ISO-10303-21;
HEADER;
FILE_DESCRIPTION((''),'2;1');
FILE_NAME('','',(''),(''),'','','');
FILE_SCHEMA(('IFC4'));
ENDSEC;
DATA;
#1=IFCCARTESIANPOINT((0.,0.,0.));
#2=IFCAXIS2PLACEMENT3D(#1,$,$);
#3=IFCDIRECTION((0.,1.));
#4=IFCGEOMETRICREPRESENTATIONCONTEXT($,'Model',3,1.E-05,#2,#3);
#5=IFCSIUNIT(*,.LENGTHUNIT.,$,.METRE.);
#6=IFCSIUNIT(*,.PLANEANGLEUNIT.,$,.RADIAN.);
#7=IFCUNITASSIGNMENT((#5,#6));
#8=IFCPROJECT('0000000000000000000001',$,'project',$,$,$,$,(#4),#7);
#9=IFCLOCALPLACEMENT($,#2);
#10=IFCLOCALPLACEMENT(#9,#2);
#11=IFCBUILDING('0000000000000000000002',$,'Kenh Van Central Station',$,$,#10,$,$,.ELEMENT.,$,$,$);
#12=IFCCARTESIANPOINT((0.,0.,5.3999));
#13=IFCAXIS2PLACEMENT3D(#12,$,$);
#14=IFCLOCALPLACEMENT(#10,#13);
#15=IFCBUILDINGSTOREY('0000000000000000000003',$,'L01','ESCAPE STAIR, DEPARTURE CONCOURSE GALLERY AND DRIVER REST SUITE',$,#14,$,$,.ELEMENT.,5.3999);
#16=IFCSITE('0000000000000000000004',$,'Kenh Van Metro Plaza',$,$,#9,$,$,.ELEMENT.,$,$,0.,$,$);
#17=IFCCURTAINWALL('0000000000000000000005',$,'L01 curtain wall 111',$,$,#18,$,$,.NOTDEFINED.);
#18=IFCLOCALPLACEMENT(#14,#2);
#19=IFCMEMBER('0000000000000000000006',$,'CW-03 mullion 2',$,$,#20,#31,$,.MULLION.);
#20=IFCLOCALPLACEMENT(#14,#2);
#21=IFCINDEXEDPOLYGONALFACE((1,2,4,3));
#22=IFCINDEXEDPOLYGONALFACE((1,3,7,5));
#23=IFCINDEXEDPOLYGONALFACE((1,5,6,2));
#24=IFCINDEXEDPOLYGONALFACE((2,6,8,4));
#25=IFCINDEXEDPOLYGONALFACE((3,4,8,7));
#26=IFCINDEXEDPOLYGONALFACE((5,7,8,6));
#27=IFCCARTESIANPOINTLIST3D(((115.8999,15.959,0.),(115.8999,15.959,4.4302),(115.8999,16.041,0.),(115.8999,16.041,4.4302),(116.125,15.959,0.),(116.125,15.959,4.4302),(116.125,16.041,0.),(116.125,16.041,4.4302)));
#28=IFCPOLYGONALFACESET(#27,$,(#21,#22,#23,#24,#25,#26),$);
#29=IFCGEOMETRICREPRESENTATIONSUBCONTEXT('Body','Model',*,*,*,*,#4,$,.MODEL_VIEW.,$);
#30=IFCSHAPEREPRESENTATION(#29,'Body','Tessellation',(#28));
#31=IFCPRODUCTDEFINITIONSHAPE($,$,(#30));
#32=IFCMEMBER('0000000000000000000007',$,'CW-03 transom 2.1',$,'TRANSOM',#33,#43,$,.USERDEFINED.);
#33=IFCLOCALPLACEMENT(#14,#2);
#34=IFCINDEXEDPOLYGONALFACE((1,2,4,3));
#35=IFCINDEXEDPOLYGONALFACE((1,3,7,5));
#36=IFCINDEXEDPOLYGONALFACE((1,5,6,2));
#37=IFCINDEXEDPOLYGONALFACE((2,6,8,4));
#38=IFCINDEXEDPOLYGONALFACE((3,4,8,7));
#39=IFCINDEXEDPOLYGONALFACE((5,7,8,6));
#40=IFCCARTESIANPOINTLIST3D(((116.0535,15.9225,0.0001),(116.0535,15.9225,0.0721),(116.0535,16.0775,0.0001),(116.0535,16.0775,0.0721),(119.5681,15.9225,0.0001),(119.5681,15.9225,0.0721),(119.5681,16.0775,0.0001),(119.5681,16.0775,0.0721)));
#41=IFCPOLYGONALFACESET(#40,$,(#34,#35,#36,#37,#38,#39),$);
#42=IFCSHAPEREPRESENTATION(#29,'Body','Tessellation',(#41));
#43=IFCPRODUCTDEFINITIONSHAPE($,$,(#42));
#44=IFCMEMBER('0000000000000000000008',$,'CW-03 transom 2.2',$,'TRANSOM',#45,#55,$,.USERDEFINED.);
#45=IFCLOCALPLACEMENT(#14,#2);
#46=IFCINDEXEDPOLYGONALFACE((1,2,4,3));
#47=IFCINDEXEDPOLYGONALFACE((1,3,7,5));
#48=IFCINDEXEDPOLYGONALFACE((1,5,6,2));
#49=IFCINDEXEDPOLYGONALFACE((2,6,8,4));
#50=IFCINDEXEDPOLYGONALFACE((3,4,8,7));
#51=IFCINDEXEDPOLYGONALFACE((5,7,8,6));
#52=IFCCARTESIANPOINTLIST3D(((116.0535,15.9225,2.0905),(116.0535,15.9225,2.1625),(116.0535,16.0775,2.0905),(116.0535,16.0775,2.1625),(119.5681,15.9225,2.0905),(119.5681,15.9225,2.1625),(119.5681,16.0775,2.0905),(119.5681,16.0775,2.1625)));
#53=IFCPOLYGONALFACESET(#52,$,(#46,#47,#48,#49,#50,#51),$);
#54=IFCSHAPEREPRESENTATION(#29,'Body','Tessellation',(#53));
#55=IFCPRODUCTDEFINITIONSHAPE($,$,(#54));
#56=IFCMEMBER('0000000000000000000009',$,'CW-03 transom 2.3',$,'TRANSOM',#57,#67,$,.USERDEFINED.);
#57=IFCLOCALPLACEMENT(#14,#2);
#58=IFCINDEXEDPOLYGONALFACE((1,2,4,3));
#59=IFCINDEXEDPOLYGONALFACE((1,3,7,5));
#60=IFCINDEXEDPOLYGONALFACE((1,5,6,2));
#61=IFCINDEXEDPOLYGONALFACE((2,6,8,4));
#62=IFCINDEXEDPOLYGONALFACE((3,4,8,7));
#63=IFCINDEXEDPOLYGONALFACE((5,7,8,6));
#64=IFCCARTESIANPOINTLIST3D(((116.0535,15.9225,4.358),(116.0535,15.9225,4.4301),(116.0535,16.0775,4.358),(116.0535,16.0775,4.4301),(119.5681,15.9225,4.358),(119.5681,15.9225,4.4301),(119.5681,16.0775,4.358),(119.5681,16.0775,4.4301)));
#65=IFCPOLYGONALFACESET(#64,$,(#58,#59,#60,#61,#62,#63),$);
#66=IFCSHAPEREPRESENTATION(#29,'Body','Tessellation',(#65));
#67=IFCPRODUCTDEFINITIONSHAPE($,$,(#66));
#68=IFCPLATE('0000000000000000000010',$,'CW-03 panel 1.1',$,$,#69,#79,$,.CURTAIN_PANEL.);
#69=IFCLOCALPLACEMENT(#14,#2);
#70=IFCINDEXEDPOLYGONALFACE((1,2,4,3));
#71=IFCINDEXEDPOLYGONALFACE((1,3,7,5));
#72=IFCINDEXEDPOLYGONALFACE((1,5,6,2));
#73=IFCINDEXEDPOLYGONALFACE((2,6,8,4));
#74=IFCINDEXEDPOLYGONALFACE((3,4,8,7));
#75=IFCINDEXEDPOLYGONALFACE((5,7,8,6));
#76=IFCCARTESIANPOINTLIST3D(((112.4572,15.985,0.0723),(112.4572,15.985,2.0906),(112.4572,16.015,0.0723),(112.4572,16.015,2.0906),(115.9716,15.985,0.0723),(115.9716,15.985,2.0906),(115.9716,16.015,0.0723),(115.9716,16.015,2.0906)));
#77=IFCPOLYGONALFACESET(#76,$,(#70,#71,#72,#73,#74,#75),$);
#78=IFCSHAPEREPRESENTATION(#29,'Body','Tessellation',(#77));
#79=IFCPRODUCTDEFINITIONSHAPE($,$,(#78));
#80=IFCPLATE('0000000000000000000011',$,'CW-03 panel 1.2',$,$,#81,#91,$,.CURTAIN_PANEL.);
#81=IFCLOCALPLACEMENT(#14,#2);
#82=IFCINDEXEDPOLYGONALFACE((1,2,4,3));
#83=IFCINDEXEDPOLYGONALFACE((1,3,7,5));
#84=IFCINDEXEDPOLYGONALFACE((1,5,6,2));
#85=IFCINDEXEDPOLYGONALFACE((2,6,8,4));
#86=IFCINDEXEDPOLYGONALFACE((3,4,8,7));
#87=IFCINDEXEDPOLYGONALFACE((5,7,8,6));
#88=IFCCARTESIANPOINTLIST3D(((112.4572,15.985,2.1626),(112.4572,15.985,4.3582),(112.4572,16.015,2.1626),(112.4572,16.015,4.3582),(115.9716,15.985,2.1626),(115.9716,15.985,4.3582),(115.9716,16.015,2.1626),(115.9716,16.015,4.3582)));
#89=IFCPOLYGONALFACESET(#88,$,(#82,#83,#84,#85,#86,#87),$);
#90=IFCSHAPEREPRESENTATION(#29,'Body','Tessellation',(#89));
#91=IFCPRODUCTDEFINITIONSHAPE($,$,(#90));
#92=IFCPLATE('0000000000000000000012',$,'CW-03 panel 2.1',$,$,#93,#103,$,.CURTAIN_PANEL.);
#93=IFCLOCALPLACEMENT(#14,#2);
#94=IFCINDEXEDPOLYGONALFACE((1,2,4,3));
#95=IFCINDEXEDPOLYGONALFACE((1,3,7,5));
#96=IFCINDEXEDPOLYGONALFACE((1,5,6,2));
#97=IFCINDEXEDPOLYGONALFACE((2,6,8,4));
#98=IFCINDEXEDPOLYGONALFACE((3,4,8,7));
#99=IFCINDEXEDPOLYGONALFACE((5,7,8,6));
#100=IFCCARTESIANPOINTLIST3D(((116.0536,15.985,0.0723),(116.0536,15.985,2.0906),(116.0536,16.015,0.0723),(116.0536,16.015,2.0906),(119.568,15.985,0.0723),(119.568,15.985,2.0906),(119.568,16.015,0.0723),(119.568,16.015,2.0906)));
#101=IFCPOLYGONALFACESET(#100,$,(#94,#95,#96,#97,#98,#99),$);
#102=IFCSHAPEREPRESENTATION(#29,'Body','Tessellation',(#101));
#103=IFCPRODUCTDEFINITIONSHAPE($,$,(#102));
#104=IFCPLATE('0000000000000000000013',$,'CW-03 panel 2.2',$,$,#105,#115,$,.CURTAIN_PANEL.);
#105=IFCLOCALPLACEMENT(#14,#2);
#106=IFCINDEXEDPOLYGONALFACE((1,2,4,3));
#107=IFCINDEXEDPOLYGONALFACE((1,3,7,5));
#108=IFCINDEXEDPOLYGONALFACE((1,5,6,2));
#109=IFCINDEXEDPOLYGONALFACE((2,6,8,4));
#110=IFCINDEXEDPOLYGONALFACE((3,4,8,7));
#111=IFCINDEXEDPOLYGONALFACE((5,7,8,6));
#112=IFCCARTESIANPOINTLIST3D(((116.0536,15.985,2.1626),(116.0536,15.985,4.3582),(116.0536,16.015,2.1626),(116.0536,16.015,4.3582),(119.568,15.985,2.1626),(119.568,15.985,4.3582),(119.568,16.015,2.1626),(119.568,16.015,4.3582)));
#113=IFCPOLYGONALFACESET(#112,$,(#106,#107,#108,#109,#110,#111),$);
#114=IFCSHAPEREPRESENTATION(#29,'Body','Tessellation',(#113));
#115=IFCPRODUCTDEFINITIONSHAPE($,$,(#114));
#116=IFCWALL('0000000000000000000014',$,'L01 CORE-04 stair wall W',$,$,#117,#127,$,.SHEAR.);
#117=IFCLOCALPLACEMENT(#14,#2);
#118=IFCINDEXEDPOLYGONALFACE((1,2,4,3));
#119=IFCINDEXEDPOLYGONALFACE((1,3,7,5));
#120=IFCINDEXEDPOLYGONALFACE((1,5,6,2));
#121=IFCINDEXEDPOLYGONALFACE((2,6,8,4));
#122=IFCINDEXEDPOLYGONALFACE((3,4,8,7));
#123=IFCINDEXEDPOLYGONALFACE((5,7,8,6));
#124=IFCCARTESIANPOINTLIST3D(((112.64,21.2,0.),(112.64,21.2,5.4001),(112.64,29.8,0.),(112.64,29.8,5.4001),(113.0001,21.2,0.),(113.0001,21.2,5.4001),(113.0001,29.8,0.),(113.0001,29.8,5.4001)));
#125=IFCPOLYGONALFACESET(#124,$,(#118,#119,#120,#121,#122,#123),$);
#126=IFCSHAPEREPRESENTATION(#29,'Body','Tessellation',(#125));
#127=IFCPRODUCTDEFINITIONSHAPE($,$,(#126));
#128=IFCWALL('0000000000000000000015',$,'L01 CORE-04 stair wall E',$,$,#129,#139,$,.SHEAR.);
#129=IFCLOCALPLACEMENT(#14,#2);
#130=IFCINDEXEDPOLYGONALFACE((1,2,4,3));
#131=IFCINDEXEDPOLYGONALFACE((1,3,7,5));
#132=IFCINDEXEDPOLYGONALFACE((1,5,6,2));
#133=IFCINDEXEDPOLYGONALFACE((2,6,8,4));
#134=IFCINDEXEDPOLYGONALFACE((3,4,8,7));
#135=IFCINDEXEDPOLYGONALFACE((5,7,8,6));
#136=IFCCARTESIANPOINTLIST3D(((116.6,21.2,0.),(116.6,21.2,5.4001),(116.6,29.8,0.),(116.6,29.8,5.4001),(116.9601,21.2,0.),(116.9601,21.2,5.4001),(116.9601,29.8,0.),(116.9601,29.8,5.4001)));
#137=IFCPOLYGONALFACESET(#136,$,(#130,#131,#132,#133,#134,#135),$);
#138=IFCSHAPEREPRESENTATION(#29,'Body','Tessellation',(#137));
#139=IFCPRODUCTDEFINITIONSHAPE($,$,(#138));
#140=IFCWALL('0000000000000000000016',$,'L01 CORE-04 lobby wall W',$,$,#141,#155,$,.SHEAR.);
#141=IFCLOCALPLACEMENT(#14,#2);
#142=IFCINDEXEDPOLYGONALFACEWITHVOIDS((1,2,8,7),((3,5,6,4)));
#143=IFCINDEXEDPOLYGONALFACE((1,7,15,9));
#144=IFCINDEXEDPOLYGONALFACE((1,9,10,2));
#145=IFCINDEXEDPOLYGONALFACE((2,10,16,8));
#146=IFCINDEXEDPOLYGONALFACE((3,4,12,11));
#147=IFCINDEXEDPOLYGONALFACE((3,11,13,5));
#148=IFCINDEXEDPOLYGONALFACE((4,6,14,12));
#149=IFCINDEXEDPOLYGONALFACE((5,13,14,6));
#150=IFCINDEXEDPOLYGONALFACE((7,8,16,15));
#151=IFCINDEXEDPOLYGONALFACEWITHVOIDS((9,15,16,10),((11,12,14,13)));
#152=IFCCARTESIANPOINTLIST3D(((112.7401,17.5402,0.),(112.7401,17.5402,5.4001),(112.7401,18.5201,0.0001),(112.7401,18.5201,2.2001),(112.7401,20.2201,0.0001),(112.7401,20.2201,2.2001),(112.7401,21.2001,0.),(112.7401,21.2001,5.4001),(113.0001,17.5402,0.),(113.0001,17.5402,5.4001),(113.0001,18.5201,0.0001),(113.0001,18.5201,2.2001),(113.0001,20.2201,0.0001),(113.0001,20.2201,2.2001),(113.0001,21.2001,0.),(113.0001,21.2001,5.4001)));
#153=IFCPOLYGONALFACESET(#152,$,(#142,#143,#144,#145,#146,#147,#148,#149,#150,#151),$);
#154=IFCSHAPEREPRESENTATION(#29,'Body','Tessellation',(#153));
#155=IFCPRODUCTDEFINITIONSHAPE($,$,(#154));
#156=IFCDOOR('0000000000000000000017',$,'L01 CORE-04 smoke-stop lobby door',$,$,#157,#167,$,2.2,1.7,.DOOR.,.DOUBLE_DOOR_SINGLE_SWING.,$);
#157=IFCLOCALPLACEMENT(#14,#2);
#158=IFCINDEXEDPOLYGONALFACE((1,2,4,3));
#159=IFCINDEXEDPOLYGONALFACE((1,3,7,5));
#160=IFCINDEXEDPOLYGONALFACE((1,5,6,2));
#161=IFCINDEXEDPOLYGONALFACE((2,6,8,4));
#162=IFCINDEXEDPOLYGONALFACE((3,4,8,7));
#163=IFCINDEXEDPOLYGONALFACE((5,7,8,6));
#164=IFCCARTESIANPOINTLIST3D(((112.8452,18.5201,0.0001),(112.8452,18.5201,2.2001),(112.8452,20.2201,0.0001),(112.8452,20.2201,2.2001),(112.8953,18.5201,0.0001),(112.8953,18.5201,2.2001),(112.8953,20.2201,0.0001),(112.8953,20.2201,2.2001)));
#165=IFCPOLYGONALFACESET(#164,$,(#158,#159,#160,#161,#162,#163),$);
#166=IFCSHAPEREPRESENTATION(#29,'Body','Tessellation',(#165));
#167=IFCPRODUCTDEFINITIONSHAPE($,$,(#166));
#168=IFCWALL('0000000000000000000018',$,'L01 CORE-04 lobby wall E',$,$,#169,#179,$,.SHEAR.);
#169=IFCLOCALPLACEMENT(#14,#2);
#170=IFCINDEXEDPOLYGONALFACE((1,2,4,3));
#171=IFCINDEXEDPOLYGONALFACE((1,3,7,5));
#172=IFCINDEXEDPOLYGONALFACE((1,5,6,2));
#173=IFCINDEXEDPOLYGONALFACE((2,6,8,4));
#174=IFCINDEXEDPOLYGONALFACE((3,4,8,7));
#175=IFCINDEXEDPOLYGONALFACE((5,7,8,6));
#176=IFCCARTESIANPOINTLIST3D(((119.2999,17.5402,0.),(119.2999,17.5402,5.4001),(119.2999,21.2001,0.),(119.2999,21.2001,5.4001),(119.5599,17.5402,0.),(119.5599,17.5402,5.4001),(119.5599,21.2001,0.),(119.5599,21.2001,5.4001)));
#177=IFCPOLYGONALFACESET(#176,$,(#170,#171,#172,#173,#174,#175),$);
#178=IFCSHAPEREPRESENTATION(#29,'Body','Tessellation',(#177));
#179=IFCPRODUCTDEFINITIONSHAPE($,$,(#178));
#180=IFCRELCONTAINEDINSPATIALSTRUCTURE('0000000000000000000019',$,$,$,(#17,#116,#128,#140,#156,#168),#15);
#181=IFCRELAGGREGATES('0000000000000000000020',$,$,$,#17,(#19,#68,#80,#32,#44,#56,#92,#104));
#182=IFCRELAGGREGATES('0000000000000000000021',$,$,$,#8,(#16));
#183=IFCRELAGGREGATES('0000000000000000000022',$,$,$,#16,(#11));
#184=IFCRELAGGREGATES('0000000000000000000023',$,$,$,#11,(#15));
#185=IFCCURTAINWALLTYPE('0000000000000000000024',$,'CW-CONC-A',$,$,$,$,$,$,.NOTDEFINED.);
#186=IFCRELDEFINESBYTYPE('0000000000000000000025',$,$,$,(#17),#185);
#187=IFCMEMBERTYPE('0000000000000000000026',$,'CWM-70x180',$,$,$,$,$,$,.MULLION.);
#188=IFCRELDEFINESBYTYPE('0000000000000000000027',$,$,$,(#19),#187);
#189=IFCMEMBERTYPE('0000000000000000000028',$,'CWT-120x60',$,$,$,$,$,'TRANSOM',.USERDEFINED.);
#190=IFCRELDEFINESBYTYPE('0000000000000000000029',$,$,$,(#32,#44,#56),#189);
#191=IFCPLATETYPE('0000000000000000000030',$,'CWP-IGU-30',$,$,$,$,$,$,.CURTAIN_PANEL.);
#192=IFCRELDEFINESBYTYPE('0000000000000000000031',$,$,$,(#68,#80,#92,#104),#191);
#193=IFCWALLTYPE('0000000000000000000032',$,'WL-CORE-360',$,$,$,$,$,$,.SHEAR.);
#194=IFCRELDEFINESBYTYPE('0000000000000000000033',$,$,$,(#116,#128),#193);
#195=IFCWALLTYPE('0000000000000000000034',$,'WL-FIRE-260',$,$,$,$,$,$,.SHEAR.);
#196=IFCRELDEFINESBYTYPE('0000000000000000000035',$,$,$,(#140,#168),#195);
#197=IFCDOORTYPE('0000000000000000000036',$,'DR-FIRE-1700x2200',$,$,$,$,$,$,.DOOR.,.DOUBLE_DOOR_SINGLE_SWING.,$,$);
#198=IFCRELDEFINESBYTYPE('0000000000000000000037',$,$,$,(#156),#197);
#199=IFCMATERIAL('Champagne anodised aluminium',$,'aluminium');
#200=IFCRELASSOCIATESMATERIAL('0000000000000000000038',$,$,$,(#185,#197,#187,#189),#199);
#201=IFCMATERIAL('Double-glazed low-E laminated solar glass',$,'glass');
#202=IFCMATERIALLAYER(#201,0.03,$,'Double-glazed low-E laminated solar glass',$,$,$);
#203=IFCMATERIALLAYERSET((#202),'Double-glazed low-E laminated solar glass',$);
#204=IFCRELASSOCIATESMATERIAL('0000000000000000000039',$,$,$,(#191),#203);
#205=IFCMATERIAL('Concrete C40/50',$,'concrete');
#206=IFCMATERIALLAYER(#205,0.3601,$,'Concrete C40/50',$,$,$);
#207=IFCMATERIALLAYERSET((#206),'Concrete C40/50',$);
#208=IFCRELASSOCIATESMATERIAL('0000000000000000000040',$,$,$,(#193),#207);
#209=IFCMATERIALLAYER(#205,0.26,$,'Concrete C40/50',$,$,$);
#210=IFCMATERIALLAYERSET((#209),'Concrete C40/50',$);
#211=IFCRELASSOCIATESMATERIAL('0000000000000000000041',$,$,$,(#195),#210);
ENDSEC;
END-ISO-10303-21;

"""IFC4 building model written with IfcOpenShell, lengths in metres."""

from ifc_helpers import new_model, si_unit, direction, frame, frame_2d, origin, origin_2d, place, context, subcontext, project, spatial, rectangle, extrude, material, layer, layer_set, material_profile, profile_set, type_object, element, fill, aggregate, save


model = new_model("IFC4")

# Units and contexts
model_context = context("Model", 3, precision=1e-05, world=origin(), true_north=direction((0.0, 1.0)))
body_context = subcontext(model_context, "Body", "Model", "MODEL_VIEW")
ifc_project = project(units=[si_unit("LENGTHUNIT", "METRE"), si_unit("PLANEANGLEUNIT", "RADIAN")], contexts=[model_context])

# Site, building, storey
site_placement = place(None, origin())
site = spatial("IfcSite", under=ifc_project, at=site_placement, Name="Kenh Van Metro Plaza", CompositionType="ELEMENT", RefElevation=0.0)
building_placement = place(site_placement, origin())
building = spatial("IfcBuilding", under=site, at=building_placement, Name="Kenh Van Central Station", CompositionType="ELEMENT")
storey_placement = place(building_placement, frame((0.0, 0.0, 5.3999)))
storey = spatial("IfcBuildingStorey", under=building, at=storey_placement, Name="L01", Description="ESCAPE STAIR, DEPARTURE CONCOURSE GALLERY AND DRIVER REST SUITE", CompositionType="ELEMENT", Elevation=5.3999)

# Curtain wall, members, plates
ifc_material_1 = material(Name="Champagne anodised aluminium", Category="aluminium")
curtain_wall_type = type_object("IfcCurtainWallType", Name="CW-CONC-A", PredefinedType="NOTDEFINED", material=ifc_material_1)
curtain_wall_placement = place(storey_placement, origin())
curtain_wall = element("IfcCurtainWall", 1, at=curtain_wall_placement, inside=storey, type_object=curtain_wall_type, Name="L01 curtain wall 111", PredefinedType="NOTDEFINED")
ifc_material_profile_1 = material_profile(ifc_material_1, rectangle(XDim=0.082, YDim=0.2251, at=origin_2d()), Name="AL 82x225")
ifc_profile_set_1 = profile_set([ifc_material_profile_1], Name="Champagne anodised aluminium")
member_type_1 = type_object("IfcMemberType", Name="CWM-70x180", PredefinedType="MULLION", material=ifc_profile_set_1)
member_1_placement = place(storey_placement, frame((116.0125, 16.0, 0.0), z_axis=(0.0, 0.0, 1.0), x_axis=(0.0, 1.0, 0.0)))
member_1 = element("IfcMember", 2, at=member_1_placement, type_object=member_type_1, Name="CW-03 mullion 2", PredefinedType="MULLION", context=body_context, shape_type="SweptSolid", body=[
    extrude(rectangle(XDim=0.082, YDim=0.2251, at=origin_2d()), origin(), (0.0, 0.0, 1.0), 4.4302),
])
ifc_material_profile_2 = material_profile(ifc_material_1, rectangle(XDim=0.155, YDim=0.072, at=origin_2d()), Name="AL 155x72")
ifc_profile_set_2 = profile_set([ifc_material_profile_2], Name="Champagne anodised aluminium")
member_type_2 = type_object("IfcMemberType", Name="CWT-120x60", ElementType="TRANSOM", PredefinedType="USERDEFINED", material=ifc_profile_set_2)
member_2_placement = place(storey_placement, frame((116.0535, 16.0, 0.0361), z_axis=(1.0, 0.0, 0.0), x_axis=(0.0, 1.0, 0.0)))
member_2 = element("IfcMember", 3, at=member_2_placement, type_object=member_type_2, Name="CW-03 transom 2.1", ObjectType="TRANSOM", PredefinedType="USERDEFINED", context=body_context, shape_type="SweptSolid", body=[
    extrude(rectangle(XDim=0.155, YDim=0.072, at=origin_2d()), origin(), (0.0, 0.0, 1.0), 3.5146),
])
member_3_placement = place(storey_placement, frame((116.0535, 16.0, 2.1265), z_axis=(1.0, 0.0, 0.0), x_axis=(0.0, 1.0, 0.0)))
member_3 = element("IfcMember", 4, at=member_3_placement, type_object=member_type_2, Name="CW-03 transom 2.2", ObjectType="TRANSOM", PredefinedType="USERDEFINED", context=body_context, shape_type="SweptSolid", body=[
    extrude(rectangle(XDim=0.155, YDim=0.072, at=origin_2d()), origin(), (0.0, 0.0, 1.0), 3.5146),
])
member_4_placement = place(storey_placement, frame((116.0535, 16.0, 4.394), z_axis=(1.0, 0.0, 0.0), x_axis=(0.0, 1.0, 0.0)))
member_4 = element("IfcMember", 5, at=member_4_placement, type_object=member_type_2, Name="CW-03 transom 2.3", ObjectType="TRANSOM", PredefinedType="USERDEFINED", context=body_context, shape_type="SweptSolid", body=[
    extrude(rectangle(XDim=0.155, YDim=0.072, at=origin_2d()), origin(), (0.0, 0.0, 1.0), 3.5146),
])
ifc_material_2 = material(Name="Double-glazed low-E laminated solar glass", Category="glass")
ifc_layer_1 = layer(ifc_material_2, 0.03, Name="Double-glazed low-E laminated solar glass")
ifc_layer_set_1 = layer_set([ifc_layer_1], Name="Double-glazed low-E laminated solar glass")
plate_type = type_object("IfcPlateType", Name="CWP-IGU-30", PredefinedType="CURTAIN_PANEL", material=ifc_layer_set_1)
plate_1_placement = place(storey_placement, frame((114.2144, 16.0, 0.0723), z_axis=(0.0, 0.0, 1.0), x_axis=(1.0, 0.0, 0.0)))
plate_1 = element("IfcPlate", 6, at=plate_1_placement, type_object=plate_type, Name="CW-03 panel 1.1", PredefinedType="CURTAIN_PANEL", context=body_context, shape_type="SweptSolid", body=[
    extrude(rectangle(XDim=3.5144, YDim=0.03, at=origin_2d()), origin(), (0.0, 0.0, 1.0), 2.0183),
])
plate_2_placement = place(storey_placement, frame((114.2144, 16.0, 2.1626), z_axis=(0.0, 0.0, 1.0), x_axis=(1.0, 0.0, 0.0)))
plate_2 = element("IfcPlate", 7, at=plate_2_placement, type_object=plate_type, Name="CW-03 panel 1.2", PredefinedType="CURTAIN_PANEL", context=body_context, shape_type="SweptSolid", body=[
    extrude(rectangle(XDim=3.5144, YDim=0.03, at=origin_2d()), origin(), (0.0, 0.0, 1.0), 2.1956),
])
plate_3_placement = place(storey_placement, frame((117.8108, 16.0, 0.0723), z_axis=(0.0, 0.0, 1.0), x_axis=(1.0, 0.0, 0.0)))
plate_3 = element("IfcPlate", 8, at=plate_3_placement, type_object=plate_type, Name="CW-03 panel 2.1", PredefinedType="CURTAIN_PANEL", context=body_context, shape_type="SweptSolid", body=[
    extrude(rectangle(XDim=3.5144, YDim=0.03, at=origin_2d()), origin(), (0.0, 0.0, 1.0), 2.0183),
])
plate_4_placement = place(storey_placement, frame((117.8108, 16.0, 2.1626), z_axis=(0.0, 0.0, 1.0), x_axis=(1.0, 0.0, 0.0)))
plate_4 = element("IfcPlate", 9, at=plate_4_placement, type_object=plate_type, Name="CW-03 panel 2.2", PredefinedType="CURTAIN_PANEL", context=body_context, shape_type="SweptSolid", body=[
    extrude(rectangle(XDim=3.5144, YDim=0.03, at=origin_2d()), origin(), (0.0, 0.0, 1.0), 2.1956),
])
aggregate(curtain_wall, [member_1, plate_1, plate_2, member_2, member_3, member_4, plate_3, plate_4])

# Shared definitions
ifc_material_3 = material(Name="Concrete C40/50", Category="concrete")
ifc_layer_2 = layer(ifc_material_3, 0.3601, Name="Concrete C40/50")
ifc_layer_set_2 = layer_set([ifc_layer_2], Name="Concrete C40/50")
wall_type_1 = type_object("IfcWallType", Name="WL-CORE-360", PredefinedType="SHEAR", material=ifc_layer_set_2)

# Walls
for number, where, z_axis, x_axis, name in (
    (10, (112.8201, 21.2, 0.0), (0.0, 0.0, 1.0), (0.0, 1.0, 0.0), "L01 CORE-04 stair wall W"),
    (11, (116.78, 21.2, 0.0), (0.0, 0.0, 1.0), (0.0, 1.0, 0.0), "L01 CORE-04 stair wall E"),
):
    element("IfcWall", number, at=place(storey_placement, frame(where, z_axis=z_axis, x_axis=x_axis)), inside=storey, type_object=wall_type_1, Name=name, PredefinedType="SHEAR", context=body_context, shape_type="SweptSolid", body=[
        extrude(rectangle(XDim=8.6001, YDim=0.3601, at=frame_2d((4.3, 0.0))), origin(), (0.0, 0.0, 1.0), 5.4001),
    ])

# Wall, opening, door
ifc_layer_3 = layer(ifc_material_3, 0.26, Name="Concrete C40/50")
ifc_layer_set_3 = layer_set([ifc_layer_3], Name="Concrete C40/50")
wall_type_2 = type_object("IfcWallType", Name="WL-FIRE-260", PredefinedType="SHEAR", material=ifc_layer_set_3)
wall_1_placement = place(storey_placement, frame((112.8701, 17.54, 0.0), z_axis=(0.0, 0.0, 1.0), x_axis=(0.0, 1.0, 0.0)))
wall_1 = element("IfcWall", 12, at=wall_1_placement, inside=storey, type_object=wall_type_2, Name="L01 CORE-04 lobby wall W", PredefinedType="SHEAR", context=body_context, shape_type="SweptSolid", body=[
    extrude(rectangle(XDim=3.6599, YDim=0.26, at=frame_2d((1.8301, 0.0))), origin(), (0.0, 0.0, 1.0), 5.4001),
])
opening_1_placement = place(wall_1_placement, frame((0.98, 0.0, 0.0)))
opening_1 = element("IfcOpeningElement", 13, at=opening_1_placement, cuts=wall_1, PredefinedType="OPENING", context=body_context, shape_type="SweptSolid", body=[
    extrude(rectangle(XDim=1.7, YDim=2.2, at=frame_2d((0.8501, 1.1001))), frame((0.0, 0.1399, 0.0), z_axis=(0.0, -1.0, 0.0), x_axis=(1.0, 0.0, 0.0)), (0.0, 0.0, 1.0), 0.28),
])
door_type_1 = type_object("IfcDoorType", Name="DR-FIRE-1700x2200", OperationType="DOUBLE_DOOR_SINGLE_SWING", PredefinedType="DOOR", material=ifc_material_1)
door_1_placement = place(opening_1_placement, origin())
door_1 = element("IfcDoor", 14, at=door_1_placement, inside=storey, type_object=door_type_1, Name="L01 CORE-04 smoke-stop lobby door", OperationType="DOUBLE_DOOR_SINGLE_SWING", OverallHeight=2.2, OverallWidth=1.7, PredefinedType="DOOR", context=body_context, shape_type="SweptSolid", body=[
    extrude(rectangle(XDim=1.7, YDim=2.2, at=frame_2d((0.8501, 1.1001))), frame((0.0, 0.0249, 0.0), z_axis=(0.0, -1.0, 0.0), x_axis=(1.0, 0.0, 0.0)), (0.0, 0.0, 1.0), 0.05),
])
fill(opening_1, door_1)

# Wall
wall_2_placement = place(storey_placement, frame((119.4299, 17.54, 0.0), z_axis=(0.0, 0.0, 1.0), x_axis=(0.0, 1.0, 0.0)))
element("IfcWall", 15, at=wall_2_placement, inside=storey, type_object=wall_type_2, Name="L01 CORE-04 lobby wall E", PredefinedType="SHEAR", context=body_context, shape_type="SweptSolid", body=[
    extrude(rectangle(XDim=3.6599, YDim=0.26, at=frame_2d((1.8301, 0.0))), origin(), (0.0, 0.0, 1.0), 5.4001),
])

save(model, "model.ifc")
